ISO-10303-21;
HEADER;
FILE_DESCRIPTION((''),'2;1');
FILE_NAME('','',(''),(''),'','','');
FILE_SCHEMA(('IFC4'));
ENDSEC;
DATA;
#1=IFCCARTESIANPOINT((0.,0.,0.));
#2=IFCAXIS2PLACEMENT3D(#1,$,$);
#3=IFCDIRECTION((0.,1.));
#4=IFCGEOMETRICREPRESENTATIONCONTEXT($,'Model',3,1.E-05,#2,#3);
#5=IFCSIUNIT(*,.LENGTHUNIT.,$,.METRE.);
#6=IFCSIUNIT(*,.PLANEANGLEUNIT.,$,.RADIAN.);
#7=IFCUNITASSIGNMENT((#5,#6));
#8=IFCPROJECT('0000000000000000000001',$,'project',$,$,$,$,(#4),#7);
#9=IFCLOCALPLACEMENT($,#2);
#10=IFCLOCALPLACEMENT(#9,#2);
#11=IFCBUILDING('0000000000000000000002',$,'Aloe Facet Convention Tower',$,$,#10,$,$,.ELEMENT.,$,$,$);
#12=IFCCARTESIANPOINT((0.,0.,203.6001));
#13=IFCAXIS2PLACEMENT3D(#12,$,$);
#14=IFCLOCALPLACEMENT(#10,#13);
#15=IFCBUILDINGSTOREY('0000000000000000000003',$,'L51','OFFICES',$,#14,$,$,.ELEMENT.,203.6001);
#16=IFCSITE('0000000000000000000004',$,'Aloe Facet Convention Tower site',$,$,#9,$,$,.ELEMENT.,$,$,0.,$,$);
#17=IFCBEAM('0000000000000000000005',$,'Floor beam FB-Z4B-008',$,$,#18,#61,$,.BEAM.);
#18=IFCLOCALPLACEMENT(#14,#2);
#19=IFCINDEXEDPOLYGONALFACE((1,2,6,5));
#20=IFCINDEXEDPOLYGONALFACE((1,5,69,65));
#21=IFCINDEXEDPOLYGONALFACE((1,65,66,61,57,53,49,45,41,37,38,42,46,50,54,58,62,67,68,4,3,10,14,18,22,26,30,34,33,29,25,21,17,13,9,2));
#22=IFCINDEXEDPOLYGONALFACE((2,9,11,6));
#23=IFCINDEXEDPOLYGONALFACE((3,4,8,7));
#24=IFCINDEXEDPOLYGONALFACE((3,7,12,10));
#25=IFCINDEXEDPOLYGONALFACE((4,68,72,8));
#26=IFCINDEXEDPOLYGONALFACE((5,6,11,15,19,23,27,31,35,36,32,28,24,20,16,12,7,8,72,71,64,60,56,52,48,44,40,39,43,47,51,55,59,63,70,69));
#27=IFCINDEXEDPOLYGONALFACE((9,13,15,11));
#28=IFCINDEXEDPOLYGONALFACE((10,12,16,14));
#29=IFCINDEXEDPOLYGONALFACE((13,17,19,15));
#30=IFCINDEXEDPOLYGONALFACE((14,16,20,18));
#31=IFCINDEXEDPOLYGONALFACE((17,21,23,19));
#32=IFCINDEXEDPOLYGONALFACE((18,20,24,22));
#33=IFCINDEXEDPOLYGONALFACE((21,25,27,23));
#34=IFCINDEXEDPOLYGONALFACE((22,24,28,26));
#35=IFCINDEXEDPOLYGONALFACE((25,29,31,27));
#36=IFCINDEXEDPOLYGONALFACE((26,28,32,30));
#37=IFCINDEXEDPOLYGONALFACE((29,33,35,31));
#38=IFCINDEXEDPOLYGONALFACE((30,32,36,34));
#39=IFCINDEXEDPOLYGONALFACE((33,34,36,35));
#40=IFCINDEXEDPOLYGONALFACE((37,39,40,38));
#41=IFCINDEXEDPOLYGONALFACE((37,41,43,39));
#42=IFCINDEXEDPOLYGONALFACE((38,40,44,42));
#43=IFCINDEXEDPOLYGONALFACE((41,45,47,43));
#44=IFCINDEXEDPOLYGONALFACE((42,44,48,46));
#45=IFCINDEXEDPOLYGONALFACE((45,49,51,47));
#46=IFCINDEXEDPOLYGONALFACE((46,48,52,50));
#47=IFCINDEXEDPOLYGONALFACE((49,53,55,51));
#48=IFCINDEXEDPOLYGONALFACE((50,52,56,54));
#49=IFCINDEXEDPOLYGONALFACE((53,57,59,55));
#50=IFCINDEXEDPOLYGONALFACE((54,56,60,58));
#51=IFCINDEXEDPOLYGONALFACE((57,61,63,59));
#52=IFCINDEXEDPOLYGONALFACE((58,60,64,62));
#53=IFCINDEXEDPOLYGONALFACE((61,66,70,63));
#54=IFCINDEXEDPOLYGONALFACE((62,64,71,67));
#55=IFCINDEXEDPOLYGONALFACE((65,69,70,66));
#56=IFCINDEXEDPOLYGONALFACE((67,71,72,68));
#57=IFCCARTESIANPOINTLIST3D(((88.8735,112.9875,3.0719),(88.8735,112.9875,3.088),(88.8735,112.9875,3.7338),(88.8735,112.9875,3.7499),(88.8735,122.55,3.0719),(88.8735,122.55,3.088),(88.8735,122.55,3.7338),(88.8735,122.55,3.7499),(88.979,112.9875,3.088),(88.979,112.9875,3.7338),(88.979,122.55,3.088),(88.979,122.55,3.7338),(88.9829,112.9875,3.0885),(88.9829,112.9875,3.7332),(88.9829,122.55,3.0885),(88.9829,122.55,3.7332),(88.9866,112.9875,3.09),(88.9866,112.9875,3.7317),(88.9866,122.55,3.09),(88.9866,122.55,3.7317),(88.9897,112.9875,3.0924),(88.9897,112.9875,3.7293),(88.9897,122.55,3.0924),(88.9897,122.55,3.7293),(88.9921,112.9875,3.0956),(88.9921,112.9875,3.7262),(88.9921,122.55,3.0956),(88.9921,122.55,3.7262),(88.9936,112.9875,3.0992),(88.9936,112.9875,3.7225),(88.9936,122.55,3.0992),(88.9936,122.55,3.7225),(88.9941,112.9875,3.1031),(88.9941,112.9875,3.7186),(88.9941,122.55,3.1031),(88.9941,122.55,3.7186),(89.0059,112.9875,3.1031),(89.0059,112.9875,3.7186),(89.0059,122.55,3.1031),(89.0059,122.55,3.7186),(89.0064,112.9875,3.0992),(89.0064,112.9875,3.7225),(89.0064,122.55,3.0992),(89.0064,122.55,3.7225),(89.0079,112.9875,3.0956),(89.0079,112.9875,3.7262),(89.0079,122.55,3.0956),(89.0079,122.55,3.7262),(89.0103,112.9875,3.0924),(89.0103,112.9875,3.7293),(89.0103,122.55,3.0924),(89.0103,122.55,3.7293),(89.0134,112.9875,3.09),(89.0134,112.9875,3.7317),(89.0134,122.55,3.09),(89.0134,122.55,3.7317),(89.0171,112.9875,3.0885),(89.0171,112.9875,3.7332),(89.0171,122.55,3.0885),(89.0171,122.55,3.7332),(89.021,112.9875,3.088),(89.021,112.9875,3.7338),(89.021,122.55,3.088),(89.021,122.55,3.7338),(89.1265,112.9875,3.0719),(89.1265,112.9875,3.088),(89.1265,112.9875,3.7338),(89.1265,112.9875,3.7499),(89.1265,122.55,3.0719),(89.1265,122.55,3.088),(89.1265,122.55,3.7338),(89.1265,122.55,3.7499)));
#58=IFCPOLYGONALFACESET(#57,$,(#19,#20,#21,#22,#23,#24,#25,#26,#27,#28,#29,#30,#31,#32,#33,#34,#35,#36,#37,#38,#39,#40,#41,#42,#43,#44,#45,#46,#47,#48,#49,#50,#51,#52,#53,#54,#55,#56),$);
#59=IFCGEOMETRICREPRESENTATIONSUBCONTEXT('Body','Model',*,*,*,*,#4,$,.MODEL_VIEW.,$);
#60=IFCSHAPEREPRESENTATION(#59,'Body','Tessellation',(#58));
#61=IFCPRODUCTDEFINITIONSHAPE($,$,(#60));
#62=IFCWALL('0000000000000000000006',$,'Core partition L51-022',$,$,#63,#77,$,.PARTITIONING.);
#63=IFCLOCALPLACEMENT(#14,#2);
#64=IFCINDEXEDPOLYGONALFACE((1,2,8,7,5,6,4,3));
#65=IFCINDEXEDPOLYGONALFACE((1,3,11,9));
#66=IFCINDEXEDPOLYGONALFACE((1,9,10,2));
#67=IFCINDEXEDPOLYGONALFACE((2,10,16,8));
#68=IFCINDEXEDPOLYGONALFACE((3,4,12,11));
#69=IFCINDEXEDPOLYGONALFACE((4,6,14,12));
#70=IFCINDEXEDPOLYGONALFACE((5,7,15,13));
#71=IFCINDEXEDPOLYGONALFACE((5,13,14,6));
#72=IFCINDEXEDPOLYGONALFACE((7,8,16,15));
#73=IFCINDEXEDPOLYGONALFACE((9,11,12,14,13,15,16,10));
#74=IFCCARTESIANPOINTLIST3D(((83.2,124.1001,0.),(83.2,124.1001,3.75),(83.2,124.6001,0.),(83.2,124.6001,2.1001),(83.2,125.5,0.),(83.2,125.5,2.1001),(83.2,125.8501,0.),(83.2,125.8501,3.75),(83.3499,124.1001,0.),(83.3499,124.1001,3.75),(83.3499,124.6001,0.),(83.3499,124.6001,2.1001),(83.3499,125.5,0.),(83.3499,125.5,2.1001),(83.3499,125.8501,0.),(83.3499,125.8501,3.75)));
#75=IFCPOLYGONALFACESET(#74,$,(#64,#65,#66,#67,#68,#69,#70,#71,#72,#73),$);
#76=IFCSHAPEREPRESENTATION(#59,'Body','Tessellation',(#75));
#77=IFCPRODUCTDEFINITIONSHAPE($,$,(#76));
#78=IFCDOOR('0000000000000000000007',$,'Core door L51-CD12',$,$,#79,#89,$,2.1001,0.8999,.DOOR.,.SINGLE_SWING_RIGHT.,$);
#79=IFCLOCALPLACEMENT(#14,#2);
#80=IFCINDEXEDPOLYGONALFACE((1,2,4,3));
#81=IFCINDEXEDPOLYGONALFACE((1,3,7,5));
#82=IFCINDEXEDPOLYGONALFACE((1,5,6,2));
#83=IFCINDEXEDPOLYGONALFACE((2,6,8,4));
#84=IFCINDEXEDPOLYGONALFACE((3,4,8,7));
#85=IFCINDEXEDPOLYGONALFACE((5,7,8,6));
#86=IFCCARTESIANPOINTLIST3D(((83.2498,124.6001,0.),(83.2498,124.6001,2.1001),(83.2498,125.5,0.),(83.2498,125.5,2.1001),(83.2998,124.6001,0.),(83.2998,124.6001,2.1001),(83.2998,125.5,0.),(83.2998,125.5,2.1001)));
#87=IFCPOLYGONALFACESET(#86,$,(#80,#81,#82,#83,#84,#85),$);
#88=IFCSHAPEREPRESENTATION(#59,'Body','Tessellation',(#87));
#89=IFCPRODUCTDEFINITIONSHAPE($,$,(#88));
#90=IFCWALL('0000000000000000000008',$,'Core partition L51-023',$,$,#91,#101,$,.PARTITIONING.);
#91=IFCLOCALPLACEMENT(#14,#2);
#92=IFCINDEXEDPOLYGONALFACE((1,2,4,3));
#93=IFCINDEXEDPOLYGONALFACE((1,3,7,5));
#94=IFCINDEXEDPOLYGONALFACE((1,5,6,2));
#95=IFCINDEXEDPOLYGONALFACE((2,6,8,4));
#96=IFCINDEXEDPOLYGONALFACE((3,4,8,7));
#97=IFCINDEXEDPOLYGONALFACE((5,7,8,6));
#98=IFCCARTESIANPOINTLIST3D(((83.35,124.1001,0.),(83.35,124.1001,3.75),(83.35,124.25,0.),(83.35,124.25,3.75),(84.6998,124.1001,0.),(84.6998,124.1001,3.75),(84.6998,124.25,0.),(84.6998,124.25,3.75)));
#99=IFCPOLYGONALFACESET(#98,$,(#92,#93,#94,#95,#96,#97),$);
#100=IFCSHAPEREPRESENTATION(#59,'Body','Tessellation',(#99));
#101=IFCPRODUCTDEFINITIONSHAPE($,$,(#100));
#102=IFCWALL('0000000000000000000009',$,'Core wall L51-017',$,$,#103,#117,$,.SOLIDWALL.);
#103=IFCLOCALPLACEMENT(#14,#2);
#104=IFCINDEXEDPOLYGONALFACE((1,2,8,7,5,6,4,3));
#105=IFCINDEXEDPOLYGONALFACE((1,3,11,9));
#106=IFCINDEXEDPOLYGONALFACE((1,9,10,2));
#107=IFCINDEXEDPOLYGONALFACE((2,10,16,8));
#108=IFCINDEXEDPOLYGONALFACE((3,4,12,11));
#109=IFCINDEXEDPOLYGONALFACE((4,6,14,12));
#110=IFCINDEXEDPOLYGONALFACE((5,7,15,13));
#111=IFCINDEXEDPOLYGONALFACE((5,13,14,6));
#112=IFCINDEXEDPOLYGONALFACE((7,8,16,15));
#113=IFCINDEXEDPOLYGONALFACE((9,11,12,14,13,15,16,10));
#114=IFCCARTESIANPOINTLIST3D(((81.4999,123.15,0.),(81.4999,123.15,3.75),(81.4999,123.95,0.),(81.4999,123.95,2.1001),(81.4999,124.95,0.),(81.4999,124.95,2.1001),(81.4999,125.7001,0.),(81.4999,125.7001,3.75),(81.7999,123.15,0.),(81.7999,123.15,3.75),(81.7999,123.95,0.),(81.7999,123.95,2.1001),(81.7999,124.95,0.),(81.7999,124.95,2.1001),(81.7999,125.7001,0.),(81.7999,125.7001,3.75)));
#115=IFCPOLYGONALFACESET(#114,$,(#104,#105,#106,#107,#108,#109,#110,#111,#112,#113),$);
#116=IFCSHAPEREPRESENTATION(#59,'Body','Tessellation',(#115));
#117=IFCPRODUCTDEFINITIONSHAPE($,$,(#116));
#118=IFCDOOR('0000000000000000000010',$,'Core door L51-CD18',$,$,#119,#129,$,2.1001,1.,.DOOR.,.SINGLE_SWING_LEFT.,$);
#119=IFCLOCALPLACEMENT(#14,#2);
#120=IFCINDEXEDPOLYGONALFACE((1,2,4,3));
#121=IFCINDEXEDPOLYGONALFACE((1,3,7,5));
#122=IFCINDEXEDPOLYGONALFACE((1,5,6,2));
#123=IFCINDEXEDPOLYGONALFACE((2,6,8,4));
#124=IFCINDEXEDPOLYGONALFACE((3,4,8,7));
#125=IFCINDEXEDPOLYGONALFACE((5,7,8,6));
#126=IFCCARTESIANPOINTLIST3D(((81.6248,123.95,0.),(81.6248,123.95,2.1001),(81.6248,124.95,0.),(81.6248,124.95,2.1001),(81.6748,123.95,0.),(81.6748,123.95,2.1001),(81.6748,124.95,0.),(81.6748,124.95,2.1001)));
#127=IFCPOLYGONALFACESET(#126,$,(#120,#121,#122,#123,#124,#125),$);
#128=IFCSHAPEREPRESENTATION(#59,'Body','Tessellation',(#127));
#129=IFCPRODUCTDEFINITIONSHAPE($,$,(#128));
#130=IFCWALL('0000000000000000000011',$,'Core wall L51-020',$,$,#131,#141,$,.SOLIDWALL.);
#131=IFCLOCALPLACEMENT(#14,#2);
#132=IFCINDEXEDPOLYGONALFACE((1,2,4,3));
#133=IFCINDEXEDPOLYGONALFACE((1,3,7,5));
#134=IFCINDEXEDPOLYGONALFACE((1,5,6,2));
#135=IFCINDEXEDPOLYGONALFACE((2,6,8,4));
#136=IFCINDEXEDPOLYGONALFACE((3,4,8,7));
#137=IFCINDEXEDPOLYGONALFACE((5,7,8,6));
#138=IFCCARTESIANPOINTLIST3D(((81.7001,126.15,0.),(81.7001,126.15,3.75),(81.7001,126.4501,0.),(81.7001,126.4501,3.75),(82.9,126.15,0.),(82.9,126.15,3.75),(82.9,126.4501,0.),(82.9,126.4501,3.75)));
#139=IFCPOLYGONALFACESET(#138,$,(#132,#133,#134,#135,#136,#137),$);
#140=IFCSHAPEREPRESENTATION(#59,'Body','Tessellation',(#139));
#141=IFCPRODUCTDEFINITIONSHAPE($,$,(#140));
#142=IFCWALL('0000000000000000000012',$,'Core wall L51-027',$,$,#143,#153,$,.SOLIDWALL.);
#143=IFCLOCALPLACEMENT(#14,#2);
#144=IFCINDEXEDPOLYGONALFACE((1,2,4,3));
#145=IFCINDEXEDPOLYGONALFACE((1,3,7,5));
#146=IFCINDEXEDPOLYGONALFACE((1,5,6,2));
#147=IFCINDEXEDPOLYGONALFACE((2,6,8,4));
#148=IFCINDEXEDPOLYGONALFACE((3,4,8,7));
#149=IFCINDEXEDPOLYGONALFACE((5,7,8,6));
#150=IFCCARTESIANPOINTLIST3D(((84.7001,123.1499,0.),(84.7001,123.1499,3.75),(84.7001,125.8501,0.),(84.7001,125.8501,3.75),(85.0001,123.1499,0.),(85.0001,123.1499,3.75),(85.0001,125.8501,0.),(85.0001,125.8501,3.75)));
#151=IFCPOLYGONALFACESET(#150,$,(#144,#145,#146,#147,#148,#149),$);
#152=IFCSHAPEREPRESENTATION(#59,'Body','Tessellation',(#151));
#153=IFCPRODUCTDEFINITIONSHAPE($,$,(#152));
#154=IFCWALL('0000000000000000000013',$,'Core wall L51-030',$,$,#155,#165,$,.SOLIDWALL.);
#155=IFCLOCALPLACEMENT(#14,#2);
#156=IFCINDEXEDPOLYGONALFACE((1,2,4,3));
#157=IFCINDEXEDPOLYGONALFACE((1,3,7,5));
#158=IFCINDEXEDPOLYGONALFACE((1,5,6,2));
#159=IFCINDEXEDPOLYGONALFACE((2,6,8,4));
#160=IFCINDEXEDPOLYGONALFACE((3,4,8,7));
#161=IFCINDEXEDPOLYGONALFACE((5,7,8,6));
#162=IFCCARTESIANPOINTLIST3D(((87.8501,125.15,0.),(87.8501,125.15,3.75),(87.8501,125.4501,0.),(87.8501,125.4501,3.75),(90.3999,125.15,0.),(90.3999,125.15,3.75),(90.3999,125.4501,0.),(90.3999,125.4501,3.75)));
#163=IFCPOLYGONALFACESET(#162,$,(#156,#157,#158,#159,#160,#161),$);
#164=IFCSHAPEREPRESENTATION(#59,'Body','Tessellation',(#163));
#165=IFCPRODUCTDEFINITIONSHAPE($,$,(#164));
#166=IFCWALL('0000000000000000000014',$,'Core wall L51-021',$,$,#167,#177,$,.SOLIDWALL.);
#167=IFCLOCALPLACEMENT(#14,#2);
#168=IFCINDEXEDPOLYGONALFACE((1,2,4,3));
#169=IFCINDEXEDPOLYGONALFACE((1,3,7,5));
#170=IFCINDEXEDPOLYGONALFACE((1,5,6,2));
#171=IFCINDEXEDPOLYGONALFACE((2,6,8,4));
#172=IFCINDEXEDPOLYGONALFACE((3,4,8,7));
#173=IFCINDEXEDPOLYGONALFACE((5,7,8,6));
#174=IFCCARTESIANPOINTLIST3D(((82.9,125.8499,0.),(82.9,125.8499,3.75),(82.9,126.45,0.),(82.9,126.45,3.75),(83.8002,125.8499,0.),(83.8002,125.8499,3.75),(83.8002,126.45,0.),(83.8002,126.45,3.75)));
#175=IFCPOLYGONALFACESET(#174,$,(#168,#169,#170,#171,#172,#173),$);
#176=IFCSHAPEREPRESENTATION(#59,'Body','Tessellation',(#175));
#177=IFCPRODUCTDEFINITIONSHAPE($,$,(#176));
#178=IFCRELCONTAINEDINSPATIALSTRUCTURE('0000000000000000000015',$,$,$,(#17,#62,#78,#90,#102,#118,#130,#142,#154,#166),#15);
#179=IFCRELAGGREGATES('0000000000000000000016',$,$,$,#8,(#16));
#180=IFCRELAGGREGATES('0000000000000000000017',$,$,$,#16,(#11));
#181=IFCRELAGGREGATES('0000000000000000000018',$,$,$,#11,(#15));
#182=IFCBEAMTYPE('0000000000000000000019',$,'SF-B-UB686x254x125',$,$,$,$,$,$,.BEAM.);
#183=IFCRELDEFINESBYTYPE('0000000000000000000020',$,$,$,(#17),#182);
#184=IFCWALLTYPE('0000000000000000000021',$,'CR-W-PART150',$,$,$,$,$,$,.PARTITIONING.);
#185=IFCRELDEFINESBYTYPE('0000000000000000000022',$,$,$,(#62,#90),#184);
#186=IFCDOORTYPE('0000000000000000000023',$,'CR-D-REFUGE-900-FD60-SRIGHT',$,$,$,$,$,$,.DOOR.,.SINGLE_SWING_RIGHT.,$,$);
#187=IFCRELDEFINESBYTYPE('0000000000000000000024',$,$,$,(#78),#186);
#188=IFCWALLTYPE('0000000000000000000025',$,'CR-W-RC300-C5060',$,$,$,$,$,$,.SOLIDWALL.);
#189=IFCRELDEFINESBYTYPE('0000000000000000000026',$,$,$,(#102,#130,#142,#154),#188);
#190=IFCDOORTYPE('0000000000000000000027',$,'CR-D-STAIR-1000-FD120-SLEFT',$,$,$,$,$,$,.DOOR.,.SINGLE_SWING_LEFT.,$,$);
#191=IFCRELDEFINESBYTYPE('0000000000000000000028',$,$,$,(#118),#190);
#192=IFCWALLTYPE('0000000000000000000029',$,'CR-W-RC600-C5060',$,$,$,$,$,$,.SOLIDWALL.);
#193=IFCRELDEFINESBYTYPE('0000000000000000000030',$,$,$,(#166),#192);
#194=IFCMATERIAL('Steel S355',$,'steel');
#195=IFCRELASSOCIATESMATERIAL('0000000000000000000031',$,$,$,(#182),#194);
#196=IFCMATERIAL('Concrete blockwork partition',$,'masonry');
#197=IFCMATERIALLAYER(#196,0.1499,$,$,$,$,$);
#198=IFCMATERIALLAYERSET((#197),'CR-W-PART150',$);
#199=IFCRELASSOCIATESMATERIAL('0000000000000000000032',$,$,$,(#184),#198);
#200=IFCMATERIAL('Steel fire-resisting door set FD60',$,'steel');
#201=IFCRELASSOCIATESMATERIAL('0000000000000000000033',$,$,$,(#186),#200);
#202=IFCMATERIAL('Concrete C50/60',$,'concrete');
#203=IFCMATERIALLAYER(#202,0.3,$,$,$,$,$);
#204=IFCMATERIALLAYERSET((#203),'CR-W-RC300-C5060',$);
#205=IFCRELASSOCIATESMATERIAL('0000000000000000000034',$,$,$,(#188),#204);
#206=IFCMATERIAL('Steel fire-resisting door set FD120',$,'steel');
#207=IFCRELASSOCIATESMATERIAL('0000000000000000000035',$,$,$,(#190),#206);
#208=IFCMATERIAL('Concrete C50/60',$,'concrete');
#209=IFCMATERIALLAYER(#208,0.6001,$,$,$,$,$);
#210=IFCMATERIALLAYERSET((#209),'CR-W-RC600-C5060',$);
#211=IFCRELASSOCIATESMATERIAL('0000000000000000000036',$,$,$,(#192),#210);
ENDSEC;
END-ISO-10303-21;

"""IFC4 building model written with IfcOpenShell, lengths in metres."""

from ifc_helpers import new_model, si_unit, direction, frame, frame_2d, origin, origin_2d, place, context, subcontext, project, spatial, rectangle, i_section, extrude, material, layer, layer_set, material_profile, profile_set, type_object, element, fill, save


model = new_model("IFC4")

# Units and contexts
model_context = context("Model", 3, precision=1e-05, world=origin(), true_north=direction((0.0, 1.0)))
body_context = subcontext(model_context, "Body", "Model", "MODEL_VIEW")
ifc_project = project(units=[si_unit("LENGTHUNIT", "METRE"), si_unit("PLANEANGLEUNIT", "RADIAN")], contexts=[model_context])

# Site, building, storey
site_placement = place(None, origin())
site = spatial("IfcSite", under=ifc_project, at=site_placement, Name="Aloe Facet Convention Tower site", CompositionType="ELEMENT", RefElevation=0.0)
building_placement = place(site_placement, origin())
building = spatial("IfcBuilding", under=site, at=building_placement, Name="Aloe Facet Convention Tower", CompositionType="ELEMENT")
storey_placement = place(building_placement, frame((0.0, 0.0, 203.6001)))
storey = spatial("IfcBuildingStorey", under=building, at=storey_placement, Name="L51", Description="OFFICES", CompositionType="ELEMENT", Elevation=203.6001)

# Beam
ifc_material_1 = material(Name="Steel S355", Category="steel")
ifc_material_profile = material_profile(ifc_material_1, i_section(OverallWidth=0.2529, OverallDepth=0.678, WebThickness=0.0117, FlangeThickness=0.0161, FilletRadius=0.0151, at=origin_2d()), Name="UB 686x254x125")
ifc_profile_set = profile_set([ifc_material_profile], Name="Steel S355")
beam_type = type_object("IfcBeamType", Name="SF-B-UB686x254x125", PredefinedType="BEAM", material=ifc_profile_set)
beam_placement = place(storey_placement, frame((89.0, 122.55, 3.4109), z_axis=(0.0, -1.0, 0.0), x_axis=(1.0, 0.0, 0.0)))
element("IfcBeam", 1, at=beam_placement, inside=storey, type_object=beam_type, Name="Floor beam FB-Z4B-008", PredefinedType="BEAM", context=body_context, shape_type="SweptSolid", body=[
    extrude(i_section(OverallWidth=0.2529, OverallDepth=0.678, WebThickness=0.0117, FlangeThickness=0.0161, FilletRadius=0.0151, at=origin_2d()), origin(), (0.0, 0.0, 1.0), 9.5625),
])

# Wall, opening, door
ifc_material_2 = material(Name="Concrete blockwork partition", Category="masonry")
ifc_layer_1 = layer(ifc_material_2, 0.1499)
ifc_layer_set_1 = layer_set([ifc_layer_1], Name="CR-W-PART150")
wall_type_1 = type_object("IfcWallType", Name="CR-W-PART150", PredefinedType="PARTITIONING", material=ifc_layer_set_1)
wall_1_placement = place(storey_placement, frame((83.2749, 125.8501, 0.0), z_axis=(0.0, 0.0, 1.0), x_axis=(0.0, -1.0, 0.0)))
wall_1 = element("IfcWall", 2, at=wall_1_placement, inside=storey, type_object=wall_type_1, Name="Core partition L51-022", PredefinedType="PARTITIONING", context=body_context, shape_type="SweptSolid", body=[
    extrude(rectangle(XDim=1.75, YDim=0.1499, at=frame_2d((0.875, 0.0))), origin(), (0.0, 0.0, 1.0), 3.75),
])
opening_1_placement = place(wall_1_placement, frame((0.3501, 0.0, 0.0)))
opening_1 = element("IfcOpeningElement", 3, at=opening_1_placement, cuts=wall_1, PredefinedType="OPENING", context=body_context, shape_type="SweptSolid", body=[
    extrude(rectangle(XDim=0.8999, YDim=2.1001, at=frame_2d((0.45, 1.05))), frame((0.0, 0.085, 0.0), z_axis=(0.0, -1.0, 0.0), x_axis=(1.0, 0.0, 0.0)), (0.0, 0.0, 1.0), 0.1699),
])
ifc_material_3 = material(Name="Steel fire-resisting door set FD60", Category="steel")
door_type_1 = type_object("IfcDoorType", Name="CR-D-REFUGE-900-FD60-SRIGHT", OperationType="SINGLE_SWING_RIGHT", PredefinedType="DOOR", material=ifc_material_3)
door_1_placement = place(opening_1_placement, origin())
door_1 = element("IfcDoor", 4, at=door_1_placement, inside=storey, type_object=door_type_1, Name="Core door L51-CD12", OperationType="SINGLE_SWING_RIGHT", OverallHeight=2.1001, OverallWidth=0.8999, PredefinedType="DOOR", context=body_context, shape_type="SweptSolid", body=[
    extrude(rectangle(XDim=0.8999, YDim=2.1001, at=frame_2d((0.45, 1.05))), frame((0.0, 0.0249, 0.0), z_axis=(0.0, -1.0, 0.0), x_axis=(1.0, 0.0, 0.0)), (0.0, 0.0, 1.0), 0.05),
])
fill(opening_1, door_1)

# Wall
wall_2_placement = place(storey_placement, frame((83.3501, 124.175, 0.0), z_axis=(0.0, 0.0, 1.0), x_axis=(1.0, 0.0, 0.0)))
element("IfcWall", 5, at=wall_2_placement, inside=storey, type_object=wall_type_1, Name="Core partition L51-023", PredefinedType="PARTITIONING", context=body_context, shape_type="SweptSolid", body=[
    extrude(rectangle(XDim=1.3499, YDim=0.1499, at=frame_2d((0.6748, 0.0))), origin(), (0.0, 0.0, 1.0), 3.75),
])

# Wall, opening, door
ifc_material_4 = material(Name="Concrete C50/60", Category="concrete")
ifc_layer_2 = layer(ifc_material_4, 0.3)
ifc_layer_set_2 = layer_set([ifc_layer_2], Name="CR-W-RC300-C5060")
wall_type_2 = type_object("IfcWallType", Name="CR-W-RC300-C5060", PredefinedType="SOLIDWALL", material=ifc_layer_set_2)
wall_3_placement = place(storey_placement, frame((81.6499, 125.7, 0.0), z_axis=(0.0, 0.0, 1.0), x_axis=(0.0, -1.0, 0.0)))
wall_3 = element("IfcWall", 6, at=wall_3_placement, inside=storey, type_object=wall_type_2, Name="Core wall L51-017", PredefinedType="SOLIDWALL", context=body_context, shape_type="SweptSolid", body=[
    extrude(rectangle(XDim=2.55, YDim=0.3, at=frame_2d((1.2749, 0.0))), origin(), (0.0, 0.0, 1.0), 3.75),
])
opening_2_placement = place(wall_3_placement, frame((0.75, 0.0, 0.0)))
opening_2 = element("IfcOpeningElement", 7, at=opening_2_placement, cuts=wall_3, PredefinedType="OPENING", context=body_context, shape_type="SweptSolid", body=[
    extrude(rectangle(XDim=1.0, YDim=2.1001, at=frame_2d((0.5, 1.05))), frame((0.0, 0.1602, 0.0), z_axis=(0.0, -1.0, 0.0), x_axis=(1.0, 0.0, 0.0)), (0.0, 0.0, 1.0), 0.3201),
])
ifc_material_5 = material(Name="Steel fire-resisting door set FD120", Category="steel")
door_type_2 = type_object("IfcDoorType", Name="CR-D-STAIR-1000-FD120-SLEFT", OperationType="SINGLE_SWING_LEFT", PredefinedType="DOOR", material=ifc_material_5)
door_2_placement = place(opening_2_placement, origin())
door_2 = element("IfcDoor", 8, at=door_2_placement, inside=storey, type_object=door_type_2, Name="Core door L51-CD18", OperationType="SINGLE_SWING_LEFT", OverallHeight=2.1001, OverallWidth=1.0, PredefinedType="DOOR", context=body_context, shape_type="SweptSolid", body=[
    extrude(rectangle(XDim=1.0, YDim=2.1001, at=frame_2d((0.5, 1.05))), frame((0.0, 0.0249, 0.0), z_axis=(0.0, -1.0, 0.0), x_axis=(1.0, 0.0, 0.0)), (0.0, 0.0, 1.0), 0.05),
])
fill(opening_2, door_2)

# Walls
wall_4_placement = place(storey_placement, frame((81.7, 126.3, 0.0), z_axis=(0.0, 0.0, 1.0), x_axis=(1.0, 0.0, 0.0)))
element("IfcWall", 9, at=wall_4_placement, inside=storey, type_object=wall_type_2, Name="Core wall L51-020", PredefinedType="SOLIDWALL", context=body_context, shape_type="SweptSolid", body=[
    extrude(rectangle(XDim=1.2, YDim=0.3, at=frame_2d((0.6001, 0.0))), origin(), (0.0, 0.0, 1.0), 3.75),
])
wall_5_placement = place(storey_placement, frame((84.8501, 125.8501, 0.0), z_axis=(0.0, 0.0, 1.0), x_axis=(0.0, -1.0, 0.0)))
element("IfcWall", 10, at=wall_5_placement, inside=storey, type_object=wall_type_2, Name="Core wall L51-027", PredefinedType="SOLIDWALL", context=body_context, shape_type="SweptSolid", body=[
    extrude(rectangle(XDim=2.7002, YDim=0.3, at=frame_2d((1.3501, 0.0))), origin(), (0.0, 0.0, 1.0), 3.75),
])
wall_6_placement = place(storey_placement, frame((87.8501, 125.3, 0.0), z_axis=(0.0, 0.0, 1.0), x_axis=(1.0, 0.0, 0.0)))
element("IfcWall", 11, at=wall_6_placement, inside=storey, type_object=wall_type_2, Name="Core wall L51-030", PredefinedType="SOLIDWALL", context=body_context, shape_type="SweptSolid", body=[
    extrude(rectangle(XDim=2.5498, YDim=0.3, at=frame_2d((1.2749, 0.0))), origin(), (0.0, 0.0, 1.0), 3.75),
])
ifc_material_6 = material(Name="Concrete C50/60", Category="concrete")
ifc_layer_3 = layer(ifc_material_6, 0.6001)
ifc_layer_set_3 = layer_set([ifc_layer_3], Name="CR-W-RC600-C5060")
wall_type_3 = type_object("IfcWallType", Name="CR-W-RC600-C5060", PredefinedType="SOLIDWALL", material=ifc_layer_set_3)
wall_7_placement = place(storey_placement, frame((82.8999, 126.1499, 0.0), z_axis=(0.0, 0.0, 1.0), x_axis=(1.0, 0.0, 0.0)))
element("IfcWall", 12, at=wall_7_placement, inside=storey, type_object=wall_type_3, Name="Core wall L51-021", PredefinedType="SOLIDWALL", context=body_context, shape_type="SweptSolid", body=[
    extrude(rectangle(XDim=0.9001, YDim=0.6001, at=frame_2d((0.4502, 0.0))), origin(), (0.0, 0.0, 1.0), 3.75),
])

save(model, "model.ifc")
